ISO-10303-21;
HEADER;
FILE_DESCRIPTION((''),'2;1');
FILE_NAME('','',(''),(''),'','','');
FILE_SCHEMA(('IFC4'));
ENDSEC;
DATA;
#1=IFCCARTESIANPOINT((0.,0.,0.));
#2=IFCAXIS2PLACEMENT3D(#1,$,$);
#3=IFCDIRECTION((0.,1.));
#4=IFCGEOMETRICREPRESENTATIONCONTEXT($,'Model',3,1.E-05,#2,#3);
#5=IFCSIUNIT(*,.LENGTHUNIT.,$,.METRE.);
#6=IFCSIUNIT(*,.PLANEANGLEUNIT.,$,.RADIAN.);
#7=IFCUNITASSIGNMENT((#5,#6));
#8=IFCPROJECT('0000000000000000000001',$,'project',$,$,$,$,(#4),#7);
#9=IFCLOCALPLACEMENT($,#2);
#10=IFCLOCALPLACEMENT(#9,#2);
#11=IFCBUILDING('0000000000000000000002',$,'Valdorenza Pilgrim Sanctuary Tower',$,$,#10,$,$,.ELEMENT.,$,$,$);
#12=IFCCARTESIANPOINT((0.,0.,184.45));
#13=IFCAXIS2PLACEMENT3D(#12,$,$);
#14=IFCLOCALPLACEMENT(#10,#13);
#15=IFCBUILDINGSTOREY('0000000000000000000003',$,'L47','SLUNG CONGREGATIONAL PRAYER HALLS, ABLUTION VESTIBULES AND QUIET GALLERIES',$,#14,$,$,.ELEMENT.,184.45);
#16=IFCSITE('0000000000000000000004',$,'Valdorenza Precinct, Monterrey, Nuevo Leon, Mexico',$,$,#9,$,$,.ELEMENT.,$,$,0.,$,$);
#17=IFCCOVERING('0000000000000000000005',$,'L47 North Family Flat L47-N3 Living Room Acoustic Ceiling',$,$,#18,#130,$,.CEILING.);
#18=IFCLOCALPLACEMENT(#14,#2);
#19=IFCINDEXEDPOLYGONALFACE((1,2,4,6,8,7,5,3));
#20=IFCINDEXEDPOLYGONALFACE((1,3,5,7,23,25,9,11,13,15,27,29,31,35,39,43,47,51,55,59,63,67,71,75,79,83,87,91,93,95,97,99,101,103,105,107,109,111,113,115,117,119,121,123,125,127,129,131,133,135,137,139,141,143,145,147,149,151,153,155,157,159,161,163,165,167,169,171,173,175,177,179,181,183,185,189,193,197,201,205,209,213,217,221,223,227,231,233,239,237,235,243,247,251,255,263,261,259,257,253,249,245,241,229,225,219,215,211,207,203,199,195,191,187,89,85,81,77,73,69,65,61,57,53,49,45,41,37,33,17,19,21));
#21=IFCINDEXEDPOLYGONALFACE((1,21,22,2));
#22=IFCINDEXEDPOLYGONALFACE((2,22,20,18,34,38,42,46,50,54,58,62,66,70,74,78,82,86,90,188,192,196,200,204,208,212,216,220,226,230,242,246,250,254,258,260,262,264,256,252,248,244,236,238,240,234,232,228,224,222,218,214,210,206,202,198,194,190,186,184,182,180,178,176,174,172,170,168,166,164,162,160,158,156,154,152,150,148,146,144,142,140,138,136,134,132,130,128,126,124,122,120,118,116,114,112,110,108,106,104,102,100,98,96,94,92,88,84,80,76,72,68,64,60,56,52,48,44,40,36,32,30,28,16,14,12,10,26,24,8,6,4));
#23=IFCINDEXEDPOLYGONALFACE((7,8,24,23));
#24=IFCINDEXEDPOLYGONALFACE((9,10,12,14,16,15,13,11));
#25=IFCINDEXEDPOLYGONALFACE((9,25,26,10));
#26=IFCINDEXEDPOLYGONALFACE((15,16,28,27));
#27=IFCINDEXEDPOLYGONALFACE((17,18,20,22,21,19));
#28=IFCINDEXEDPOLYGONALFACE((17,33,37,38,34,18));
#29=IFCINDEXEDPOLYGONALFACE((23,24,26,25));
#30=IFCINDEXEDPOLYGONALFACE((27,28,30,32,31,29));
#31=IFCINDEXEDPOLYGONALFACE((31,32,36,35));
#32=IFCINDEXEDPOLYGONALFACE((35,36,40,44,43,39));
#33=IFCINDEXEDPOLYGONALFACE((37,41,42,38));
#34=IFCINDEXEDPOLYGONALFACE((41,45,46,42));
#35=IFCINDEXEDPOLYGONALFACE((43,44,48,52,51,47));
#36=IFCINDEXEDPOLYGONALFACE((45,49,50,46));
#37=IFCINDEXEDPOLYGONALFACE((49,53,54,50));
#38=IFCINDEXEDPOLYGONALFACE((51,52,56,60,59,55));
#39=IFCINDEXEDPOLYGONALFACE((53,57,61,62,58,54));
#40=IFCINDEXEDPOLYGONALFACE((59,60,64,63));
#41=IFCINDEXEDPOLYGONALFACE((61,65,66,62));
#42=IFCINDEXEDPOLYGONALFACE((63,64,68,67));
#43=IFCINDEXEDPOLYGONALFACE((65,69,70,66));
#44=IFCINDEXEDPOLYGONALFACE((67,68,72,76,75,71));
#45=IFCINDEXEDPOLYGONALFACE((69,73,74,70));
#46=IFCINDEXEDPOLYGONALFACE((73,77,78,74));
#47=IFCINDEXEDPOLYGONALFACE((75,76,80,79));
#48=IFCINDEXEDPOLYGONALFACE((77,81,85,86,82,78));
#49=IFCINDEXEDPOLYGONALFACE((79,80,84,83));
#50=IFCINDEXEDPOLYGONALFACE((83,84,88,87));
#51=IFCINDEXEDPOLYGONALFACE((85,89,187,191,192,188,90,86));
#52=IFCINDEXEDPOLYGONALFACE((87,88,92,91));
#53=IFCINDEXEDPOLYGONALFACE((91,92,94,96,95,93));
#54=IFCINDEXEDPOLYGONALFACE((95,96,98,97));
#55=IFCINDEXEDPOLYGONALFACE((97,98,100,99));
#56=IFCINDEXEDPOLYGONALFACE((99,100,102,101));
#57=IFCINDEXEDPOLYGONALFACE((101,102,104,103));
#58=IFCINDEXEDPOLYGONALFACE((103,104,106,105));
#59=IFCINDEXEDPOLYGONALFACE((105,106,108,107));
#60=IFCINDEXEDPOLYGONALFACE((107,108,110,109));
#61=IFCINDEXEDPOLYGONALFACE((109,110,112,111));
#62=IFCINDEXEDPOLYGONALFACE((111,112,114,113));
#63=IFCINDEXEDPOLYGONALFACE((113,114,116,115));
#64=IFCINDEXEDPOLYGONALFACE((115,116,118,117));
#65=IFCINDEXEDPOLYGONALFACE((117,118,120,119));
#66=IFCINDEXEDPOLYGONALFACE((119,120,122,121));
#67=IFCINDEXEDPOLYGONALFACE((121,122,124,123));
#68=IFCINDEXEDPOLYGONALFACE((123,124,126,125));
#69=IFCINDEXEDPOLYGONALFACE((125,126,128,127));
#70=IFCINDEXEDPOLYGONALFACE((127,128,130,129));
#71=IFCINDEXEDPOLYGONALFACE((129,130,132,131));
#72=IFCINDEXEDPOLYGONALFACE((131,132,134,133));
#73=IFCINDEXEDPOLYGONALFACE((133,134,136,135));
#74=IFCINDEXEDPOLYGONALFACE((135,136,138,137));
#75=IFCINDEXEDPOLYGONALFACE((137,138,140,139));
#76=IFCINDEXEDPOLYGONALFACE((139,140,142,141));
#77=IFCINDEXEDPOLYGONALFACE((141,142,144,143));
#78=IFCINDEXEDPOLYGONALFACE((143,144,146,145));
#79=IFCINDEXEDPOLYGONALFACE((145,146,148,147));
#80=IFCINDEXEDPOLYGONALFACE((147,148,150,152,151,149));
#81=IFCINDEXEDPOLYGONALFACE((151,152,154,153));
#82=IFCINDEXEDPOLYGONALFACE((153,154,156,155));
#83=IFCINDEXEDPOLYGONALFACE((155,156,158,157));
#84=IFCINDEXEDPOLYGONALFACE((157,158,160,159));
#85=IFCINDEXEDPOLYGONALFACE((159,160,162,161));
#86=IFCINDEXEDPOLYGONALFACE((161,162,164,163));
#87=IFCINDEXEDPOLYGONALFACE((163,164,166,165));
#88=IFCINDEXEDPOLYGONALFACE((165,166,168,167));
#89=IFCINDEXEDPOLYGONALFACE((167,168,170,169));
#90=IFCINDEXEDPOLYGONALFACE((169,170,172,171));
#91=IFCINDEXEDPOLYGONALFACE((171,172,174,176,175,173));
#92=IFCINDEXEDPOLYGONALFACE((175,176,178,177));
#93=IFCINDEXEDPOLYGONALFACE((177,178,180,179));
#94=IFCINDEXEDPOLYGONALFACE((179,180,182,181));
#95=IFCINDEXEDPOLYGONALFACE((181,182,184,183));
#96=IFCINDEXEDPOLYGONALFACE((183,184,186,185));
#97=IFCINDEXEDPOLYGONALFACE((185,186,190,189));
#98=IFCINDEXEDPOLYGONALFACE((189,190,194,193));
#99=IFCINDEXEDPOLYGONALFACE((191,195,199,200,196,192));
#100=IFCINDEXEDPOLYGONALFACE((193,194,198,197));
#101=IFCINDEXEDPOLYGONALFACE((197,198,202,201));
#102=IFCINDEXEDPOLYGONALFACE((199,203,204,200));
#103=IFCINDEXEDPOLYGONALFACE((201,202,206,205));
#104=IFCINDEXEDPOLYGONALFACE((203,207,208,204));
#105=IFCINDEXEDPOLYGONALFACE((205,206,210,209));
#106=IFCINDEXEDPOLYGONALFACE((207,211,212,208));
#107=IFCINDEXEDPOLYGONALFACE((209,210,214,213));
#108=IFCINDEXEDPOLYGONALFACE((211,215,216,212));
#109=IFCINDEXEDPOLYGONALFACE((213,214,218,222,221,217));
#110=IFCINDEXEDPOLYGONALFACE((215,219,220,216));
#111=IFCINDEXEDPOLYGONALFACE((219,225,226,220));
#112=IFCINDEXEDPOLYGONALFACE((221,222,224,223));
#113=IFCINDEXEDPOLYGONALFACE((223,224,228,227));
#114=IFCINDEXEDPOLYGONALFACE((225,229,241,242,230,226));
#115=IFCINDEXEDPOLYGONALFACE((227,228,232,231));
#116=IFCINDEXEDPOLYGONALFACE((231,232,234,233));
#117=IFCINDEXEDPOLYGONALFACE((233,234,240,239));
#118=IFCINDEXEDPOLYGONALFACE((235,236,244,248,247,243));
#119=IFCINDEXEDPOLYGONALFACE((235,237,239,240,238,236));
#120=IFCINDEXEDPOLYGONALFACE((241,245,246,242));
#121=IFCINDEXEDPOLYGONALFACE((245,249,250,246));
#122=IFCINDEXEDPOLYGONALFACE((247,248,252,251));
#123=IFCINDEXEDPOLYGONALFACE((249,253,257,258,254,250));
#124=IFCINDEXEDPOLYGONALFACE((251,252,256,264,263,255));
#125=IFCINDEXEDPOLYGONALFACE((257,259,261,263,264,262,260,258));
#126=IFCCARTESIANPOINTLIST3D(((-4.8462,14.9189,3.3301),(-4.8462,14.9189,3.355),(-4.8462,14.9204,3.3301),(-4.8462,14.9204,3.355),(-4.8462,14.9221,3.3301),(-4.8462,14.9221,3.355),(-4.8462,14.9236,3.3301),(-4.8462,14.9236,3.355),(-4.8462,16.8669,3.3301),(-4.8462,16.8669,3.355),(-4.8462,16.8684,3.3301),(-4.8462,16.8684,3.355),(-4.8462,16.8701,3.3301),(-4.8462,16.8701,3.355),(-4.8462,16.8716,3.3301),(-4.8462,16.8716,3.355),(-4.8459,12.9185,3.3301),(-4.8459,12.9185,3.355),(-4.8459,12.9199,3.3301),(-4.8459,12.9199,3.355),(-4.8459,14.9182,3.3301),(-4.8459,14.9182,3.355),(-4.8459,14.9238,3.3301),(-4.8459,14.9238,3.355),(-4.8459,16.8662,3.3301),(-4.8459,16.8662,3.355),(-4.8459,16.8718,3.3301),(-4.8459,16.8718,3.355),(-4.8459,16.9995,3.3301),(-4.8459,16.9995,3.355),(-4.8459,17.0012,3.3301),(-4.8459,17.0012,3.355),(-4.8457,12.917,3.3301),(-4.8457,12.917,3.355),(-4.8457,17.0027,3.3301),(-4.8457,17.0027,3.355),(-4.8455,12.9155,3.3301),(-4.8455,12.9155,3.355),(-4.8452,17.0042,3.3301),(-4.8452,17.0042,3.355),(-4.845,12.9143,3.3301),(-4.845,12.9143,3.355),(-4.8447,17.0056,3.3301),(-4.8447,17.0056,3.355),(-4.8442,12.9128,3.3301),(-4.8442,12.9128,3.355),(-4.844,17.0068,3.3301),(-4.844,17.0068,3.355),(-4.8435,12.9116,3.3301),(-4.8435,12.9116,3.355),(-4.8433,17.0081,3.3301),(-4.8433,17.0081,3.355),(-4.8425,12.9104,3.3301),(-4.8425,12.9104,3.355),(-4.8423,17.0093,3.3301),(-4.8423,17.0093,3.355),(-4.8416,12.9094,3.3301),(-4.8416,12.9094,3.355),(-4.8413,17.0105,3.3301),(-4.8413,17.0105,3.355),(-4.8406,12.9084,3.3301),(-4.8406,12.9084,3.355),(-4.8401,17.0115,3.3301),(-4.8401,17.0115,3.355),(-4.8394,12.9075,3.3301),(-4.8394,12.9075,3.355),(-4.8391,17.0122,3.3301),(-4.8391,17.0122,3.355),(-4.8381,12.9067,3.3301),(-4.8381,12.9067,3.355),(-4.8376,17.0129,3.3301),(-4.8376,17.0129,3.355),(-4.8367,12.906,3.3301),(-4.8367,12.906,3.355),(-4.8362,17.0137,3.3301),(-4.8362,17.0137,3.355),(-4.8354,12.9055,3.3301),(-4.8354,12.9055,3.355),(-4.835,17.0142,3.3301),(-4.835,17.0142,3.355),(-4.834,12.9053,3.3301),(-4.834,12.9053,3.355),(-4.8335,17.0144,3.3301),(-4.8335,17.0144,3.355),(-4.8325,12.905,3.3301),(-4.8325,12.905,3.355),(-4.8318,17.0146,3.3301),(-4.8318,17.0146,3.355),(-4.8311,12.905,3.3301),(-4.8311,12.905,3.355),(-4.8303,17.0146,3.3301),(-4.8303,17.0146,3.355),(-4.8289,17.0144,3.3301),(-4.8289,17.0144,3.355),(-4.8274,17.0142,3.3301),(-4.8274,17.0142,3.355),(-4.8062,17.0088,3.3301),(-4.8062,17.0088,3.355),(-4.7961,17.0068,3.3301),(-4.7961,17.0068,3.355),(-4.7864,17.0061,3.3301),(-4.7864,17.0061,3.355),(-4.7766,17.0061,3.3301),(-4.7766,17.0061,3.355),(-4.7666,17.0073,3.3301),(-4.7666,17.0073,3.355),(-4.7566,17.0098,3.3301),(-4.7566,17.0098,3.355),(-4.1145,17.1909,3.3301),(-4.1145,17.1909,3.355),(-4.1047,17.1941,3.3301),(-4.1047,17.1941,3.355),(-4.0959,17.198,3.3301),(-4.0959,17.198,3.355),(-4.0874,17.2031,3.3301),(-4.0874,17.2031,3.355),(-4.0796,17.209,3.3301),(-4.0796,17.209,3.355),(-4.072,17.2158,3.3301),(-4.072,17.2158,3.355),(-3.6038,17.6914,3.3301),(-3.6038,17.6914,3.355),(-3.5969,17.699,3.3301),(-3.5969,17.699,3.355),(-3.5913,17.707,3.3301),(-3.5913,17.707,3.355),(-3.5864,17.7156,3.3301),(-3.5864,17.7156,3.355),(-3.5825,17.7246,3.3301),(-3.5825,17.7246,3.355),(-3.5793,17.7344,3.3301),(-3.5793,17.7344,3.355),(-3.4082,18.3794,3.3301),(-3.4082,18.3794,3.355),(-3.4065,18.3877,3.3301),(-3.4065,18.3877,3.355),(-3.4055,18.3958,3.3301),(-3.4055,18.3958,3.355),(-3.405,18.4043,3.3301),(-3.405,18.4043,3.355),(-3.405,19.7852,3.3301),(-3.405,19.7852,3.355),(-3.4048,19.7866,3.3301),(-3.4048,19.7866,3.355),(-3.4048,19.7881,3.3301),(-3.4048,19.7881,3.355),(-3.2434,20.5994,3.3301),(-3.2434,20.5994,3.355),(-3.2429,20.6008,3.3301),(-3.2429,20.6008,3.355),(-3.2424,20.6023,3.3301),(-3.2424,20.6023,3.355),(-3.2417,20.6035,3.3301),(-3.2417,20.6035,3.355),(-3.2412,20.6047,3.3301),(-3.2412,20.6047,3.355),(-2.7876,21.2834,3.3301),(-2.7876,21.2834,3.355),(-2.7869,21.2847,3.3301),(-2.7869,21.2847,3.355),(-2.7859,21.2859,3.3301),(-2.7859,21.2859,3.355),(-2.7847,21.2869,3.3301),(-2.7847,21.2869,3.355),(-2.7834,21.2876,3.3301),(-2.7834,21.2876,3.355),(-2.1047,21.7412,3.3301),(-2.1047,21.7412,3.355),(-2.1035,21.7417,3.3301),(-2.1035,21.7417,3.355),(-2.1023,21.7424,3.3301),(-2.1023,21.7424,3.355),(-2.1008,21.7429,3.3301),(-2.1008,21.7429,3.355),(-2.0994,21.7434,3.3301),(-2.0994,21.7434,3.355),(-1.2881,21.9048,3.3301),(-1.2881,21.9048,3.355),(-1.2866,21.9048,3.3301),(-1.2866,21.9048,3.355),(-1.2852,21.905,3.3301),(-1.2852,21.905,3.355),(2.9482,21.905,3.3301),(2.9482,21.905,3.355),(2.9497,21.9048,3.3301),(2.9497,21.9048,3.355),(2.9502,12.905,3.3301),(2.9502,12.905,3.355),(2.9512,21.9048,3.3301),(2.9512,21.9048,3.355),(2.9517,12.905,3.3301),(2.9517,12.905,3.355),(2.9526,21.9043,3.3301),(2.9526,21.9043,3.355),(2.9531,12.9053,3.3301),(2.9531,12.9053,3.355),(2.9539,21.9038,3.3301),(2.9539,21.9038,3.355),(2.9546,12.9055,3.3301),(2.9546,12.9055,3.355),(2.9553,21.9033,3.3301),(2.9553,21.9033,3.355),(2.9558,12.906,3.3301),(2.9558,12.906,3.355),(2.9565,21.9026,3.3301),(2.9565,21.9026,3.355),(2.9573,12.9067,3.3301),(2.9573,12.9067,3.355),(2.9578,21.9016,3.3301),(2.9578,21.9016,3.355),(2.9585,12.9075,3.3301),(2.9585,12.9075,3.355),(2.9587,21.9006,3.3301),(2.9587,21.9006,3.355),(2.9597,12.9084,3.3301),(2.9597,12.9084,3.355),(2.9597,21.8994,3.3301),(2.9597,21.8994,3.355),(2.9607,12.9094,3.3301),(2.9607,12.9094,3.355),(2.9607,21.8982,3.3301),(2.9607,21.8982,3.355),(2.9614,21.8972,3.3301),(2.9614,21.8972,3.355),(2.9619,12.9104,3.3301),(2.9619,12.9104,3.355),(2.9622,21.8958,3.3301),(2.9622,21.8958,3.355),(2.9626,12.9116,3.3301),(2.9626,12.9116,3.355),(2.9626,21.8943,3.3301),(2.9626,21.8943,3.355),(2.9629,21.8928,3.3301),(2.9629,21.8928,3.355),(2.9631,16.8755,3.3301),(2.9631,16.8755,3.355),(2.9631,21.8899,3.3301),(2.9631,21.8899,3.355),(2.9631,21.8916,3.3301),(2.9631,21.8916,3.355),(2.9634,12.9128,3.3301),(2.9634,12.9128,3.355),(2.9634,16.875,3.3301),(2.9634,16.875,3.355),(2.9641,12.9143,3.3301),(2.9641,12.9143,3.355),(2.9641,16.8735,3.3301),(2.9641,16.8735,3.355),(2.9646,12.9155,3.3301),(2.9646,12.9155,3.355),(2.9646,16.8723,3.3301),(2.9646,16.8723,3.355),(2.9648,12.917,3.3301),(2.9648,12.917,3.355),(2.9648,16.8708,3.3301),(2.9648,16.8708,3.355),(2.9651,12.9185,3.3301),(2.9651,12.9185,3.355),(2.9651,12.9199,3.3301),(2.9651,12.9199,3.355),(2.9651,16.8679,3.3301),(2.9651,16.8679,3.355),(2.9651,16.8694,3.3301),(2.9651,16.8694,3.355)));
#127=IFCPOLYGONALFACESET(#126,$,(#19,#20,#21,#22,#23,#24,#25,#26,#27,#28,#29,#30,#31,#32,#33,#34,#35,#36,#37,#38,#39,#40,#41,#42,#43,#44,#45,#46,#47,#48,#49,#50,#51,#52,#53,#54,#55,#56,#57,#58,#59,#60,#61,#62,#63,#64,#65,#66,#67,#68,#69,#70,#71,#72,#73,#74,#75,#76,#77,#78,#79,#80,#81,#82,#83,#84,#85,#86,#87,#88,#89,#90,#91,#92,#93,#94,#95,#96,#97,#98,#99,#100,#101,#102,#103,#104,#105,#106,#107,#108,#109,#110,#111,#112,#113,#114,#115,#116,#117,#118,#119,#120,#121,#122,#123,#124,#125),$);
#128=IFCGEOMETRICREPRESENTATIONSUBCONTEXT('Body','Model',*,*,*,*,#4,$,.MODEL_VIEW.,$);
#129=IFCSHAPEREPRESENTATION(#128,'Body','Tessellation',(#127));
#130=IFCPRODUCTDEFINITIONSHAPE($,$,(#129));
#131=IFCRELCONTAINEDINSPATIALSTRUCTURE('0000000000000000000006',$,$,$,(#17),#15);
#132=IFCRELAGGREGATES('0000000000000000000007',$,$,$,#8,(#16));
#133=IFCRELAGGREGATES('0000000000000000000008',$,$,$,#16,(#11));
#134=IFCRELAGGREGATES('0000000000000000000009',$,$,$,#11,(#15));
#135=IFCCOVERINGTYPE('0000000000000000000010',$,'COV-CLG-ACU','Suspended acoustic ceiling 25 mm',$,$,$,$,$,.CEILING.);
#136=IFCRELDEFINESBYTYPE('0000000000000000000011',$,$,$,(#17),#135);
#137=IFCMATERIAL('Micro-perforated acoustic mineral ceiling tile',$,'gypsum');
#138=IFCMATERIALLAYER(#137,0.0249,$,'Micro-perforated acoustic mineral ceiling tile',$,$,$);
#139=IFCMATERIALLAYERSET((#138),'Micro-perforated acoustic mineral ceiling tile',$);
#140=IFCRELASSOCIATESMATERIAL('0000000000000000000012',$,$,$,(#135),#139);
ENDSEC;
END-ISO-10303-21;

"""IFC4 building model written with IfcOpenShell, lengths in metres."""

from ifc_helpers import new_model, si_unit, direction, frame, origin, place, context, subcontext, project, spatial, polyline, outline, extrude, material, layer, layer_set, type_object, element, save


model = new_model("IFC4")

# Units and contexts
model_context = context("Model", 3, precision=1e-05, world=origin(), true_north=direction((0.0, 1.0)))
body_context = subcontext(model_context, "Body", "Model", "MODEL_VIEW")
ifc_project = project(units=[si_unit("LENGTHUNIT", "METRE"), si_unit("PLANEANGLEUNIT", "RADIAN")], contexts=[model_context])

# Site, building, storey
site_placement = place(None, origin())
site = spatial("IfcSite", under=ifc_project, at=site_placement, Name="Valdorenza Precinct, Monterrey, Nuevo Leon, Mexico", CompositionType="ELEMENT", RefElevation=0.0)
building_placement = place(site_placement, origin())
building = spatial("IfcBuilding", under=site, at=building_placement, Name="Valdorenza Pilgrim Sanctuary Tower", CompositionType="ELEMENT")
storey_placement = place(building_placement, frame((0.0, 0.0, 184.45)))
storey = spatial("IfcBuildingStorey", under=building, at=storey_placement, Name="L47", Description="SLUNG CONGREGATIONAL PRAYER HALLS, ABLUTION VESTIBULES AND QUIET GALLERIES", CompositionType="ELEMENT", Elevation=184.45)

# Covering
ifc_material_1 = material(Name="Micro-perforated acoustic mineral ceiling tile", Category="gypsum")
ifc_layer_1 = layer(ifc_material_1, 0.0249, Name="Micro-perforated acoustic mineral ceiling tile")
ifc_layer_set_1 = layer_set([ifc_layer_1], Name="Micro-perforated acoustic mineral ceiling tile")
covering_type_1 = type_object("IfcCoveringType", Name="COV-CLG-ACU", Description="Suspended acoustic ceiling 25 mm", PredefinedType="CEILING", material=ifc_layer_set_1)
covering_1_placement = place(storey_placement, frame((0.0, 0.0, 3.3301)))
element("IfcCovering", 1, at=covering_1_placement, inside=storey, type_object=covering_type_1, Name="L47 North Family Flat L47-N3 Living Room Acoustic Ceiling", PredefinedType="CEILING", context=body_context, shape_type="SweptSolid", body=[
    extrude(outline(polyline([(-4.8459, 14.9182), (-4.8462, 14.9189), (-4.8462, 14.9204), (-4.8462, 14.9221), (-4.8462, 14.9236), (-4.8459, 14.9238), (-4.8459, 16.8662), (-4.8462, 16.8669), (-4.8462, 16.8684), (-4.8462, 16.8701), (-4.8462, 16.8716), (-4.8459, 16.8718), (-4.8459, 16.9995), (-4.8459, 17.0012), (-4.8457, 17.0027), (-4.8452, 17.0042), (-4.8447, 17.0056), (-4.844, 17.0068), (-4.8433, 17.0081), (-4.8423, 17.0093), (-4.8413, 17.0105), (-4.8401, 17.0115), (-4.8391, 17.0122), (-4.8376, 17.0129), (-4.8362, 17.0137), (-4.835, 17.0142), (-4.8335, 17.0144), (-4.8318, 17.0146), (-4.8303, 17.0146), (-4.8289, 17.0144), (-4.8274, 17.0142), (-4.8062, 17.0088), (-4.7961, 17.0068), (-4.7864, 17.0061), (-4.7766, 17.0061), (-4.7666, 17.0073), (-4.7566, 17.0098), (-4.1145, 17.1909), (-4.1047, 17.1941), (-4.0959, 17.198), (-4.0874, 17.2031), (-4.0796, 17.209), (-4.072, 17.2158), (-3.6038, 17.6914), (-3.5969, 17.699), (-3.5913, 17.707), (-3.5864, 17.7156), (-3.5825, 17.7246), (-3.5793, 17.7344), (-3.4082, 18.3794), (-3.4065, 18.3877), (-3.4055, 18.3958), (-3.405, 18.4043), (-3.405, 19.7852), (-3.4048, 19.7866), (-3.4048, 19.7881), (-3.2434, 20.5994), (-3.2429, 20.6008), (-3.2424, 20.6023), (-3.2417, 20.6035), (-3.2412, 20.6047), (-2.7876, 21.2834), (-2.7869, 21.2847), (-2.7859, 21.2859), (-2.7847, 21.2869), (-2.7834, 21.2876), (-2.1047, 21.7412), (-2.1035, 21.7417), (-2.1023, 21.7424), (-2.1008, 21.7429), (-2.0994, 21.7434), (-1.2881, 21.9048), (-1.2866, 21.9048), (-1.2852, 21.905), (2.9482, 21.905), (2.9497, 21.9048), (2.9512, 21.9048), (2.9526, 21.9043), (2.9539, 21.9038), (2.9553, 21.9033), (2.9565, 21.9026), (2.9578, 21.9016), (2.9587, 21.9006), (2.9597, 21.8994), (2.9607, 21.8982), (2.9614, 21.8972), (2.9622, 21.8958), (2.9626, 21.8943), (2.9629, 21.8928), (2.9631, 21.8916), (2.9631, 21.8899), (2.9631, 16.8755), (2.9634, 16.875), (2.9641, 16.8735), (2.9646, 16.8723), (2.9648, 16.8708), (2.9651, 16.8694), (2.9651, 16.8679), (2.9651, 12.9199), (2.9651, 12.9185), (2.9648, 12.917), (2.9646, 12.9155), (2.9641, 12.9143), (2.9634, 12.9128), (2.9626, 12.9116), (2.9619, 12.9104), (2.9607, 12.9094), (2.9597, 12.9084), (2.9585, 12.9075), (2.9573, 12.9067), (2.9558, 12.906), (2.9546, 12.9055), (2.9531, 12.9053), (2.9517, 12.905), (2.9502, 12.905), (-4.8311, 12.905), (-4.8325, 12.905), (-4.834, 12.9053), (-4.8354, 12.9055), (-4.8367, 12.906), (-4.8381, 12.9067), (-4.8394, 12.9075), (-4.8406, 12.9084), (-4.8416, 12.9094), (-4.8425, 12.9104), (-4.8435, 12.9116), (-4.8442, 12.9128), (-4.845, 12.9143), (-4.8455, 12.9155), (-4.8457, 12.917), (-4.8459, 12.9185), (-4.8459, 12.9199), (-4.8459, 14.9182)])), origin(), (0.0, 0.0, 1.0), 0.0249),
])

save(model, "model.ifc")
